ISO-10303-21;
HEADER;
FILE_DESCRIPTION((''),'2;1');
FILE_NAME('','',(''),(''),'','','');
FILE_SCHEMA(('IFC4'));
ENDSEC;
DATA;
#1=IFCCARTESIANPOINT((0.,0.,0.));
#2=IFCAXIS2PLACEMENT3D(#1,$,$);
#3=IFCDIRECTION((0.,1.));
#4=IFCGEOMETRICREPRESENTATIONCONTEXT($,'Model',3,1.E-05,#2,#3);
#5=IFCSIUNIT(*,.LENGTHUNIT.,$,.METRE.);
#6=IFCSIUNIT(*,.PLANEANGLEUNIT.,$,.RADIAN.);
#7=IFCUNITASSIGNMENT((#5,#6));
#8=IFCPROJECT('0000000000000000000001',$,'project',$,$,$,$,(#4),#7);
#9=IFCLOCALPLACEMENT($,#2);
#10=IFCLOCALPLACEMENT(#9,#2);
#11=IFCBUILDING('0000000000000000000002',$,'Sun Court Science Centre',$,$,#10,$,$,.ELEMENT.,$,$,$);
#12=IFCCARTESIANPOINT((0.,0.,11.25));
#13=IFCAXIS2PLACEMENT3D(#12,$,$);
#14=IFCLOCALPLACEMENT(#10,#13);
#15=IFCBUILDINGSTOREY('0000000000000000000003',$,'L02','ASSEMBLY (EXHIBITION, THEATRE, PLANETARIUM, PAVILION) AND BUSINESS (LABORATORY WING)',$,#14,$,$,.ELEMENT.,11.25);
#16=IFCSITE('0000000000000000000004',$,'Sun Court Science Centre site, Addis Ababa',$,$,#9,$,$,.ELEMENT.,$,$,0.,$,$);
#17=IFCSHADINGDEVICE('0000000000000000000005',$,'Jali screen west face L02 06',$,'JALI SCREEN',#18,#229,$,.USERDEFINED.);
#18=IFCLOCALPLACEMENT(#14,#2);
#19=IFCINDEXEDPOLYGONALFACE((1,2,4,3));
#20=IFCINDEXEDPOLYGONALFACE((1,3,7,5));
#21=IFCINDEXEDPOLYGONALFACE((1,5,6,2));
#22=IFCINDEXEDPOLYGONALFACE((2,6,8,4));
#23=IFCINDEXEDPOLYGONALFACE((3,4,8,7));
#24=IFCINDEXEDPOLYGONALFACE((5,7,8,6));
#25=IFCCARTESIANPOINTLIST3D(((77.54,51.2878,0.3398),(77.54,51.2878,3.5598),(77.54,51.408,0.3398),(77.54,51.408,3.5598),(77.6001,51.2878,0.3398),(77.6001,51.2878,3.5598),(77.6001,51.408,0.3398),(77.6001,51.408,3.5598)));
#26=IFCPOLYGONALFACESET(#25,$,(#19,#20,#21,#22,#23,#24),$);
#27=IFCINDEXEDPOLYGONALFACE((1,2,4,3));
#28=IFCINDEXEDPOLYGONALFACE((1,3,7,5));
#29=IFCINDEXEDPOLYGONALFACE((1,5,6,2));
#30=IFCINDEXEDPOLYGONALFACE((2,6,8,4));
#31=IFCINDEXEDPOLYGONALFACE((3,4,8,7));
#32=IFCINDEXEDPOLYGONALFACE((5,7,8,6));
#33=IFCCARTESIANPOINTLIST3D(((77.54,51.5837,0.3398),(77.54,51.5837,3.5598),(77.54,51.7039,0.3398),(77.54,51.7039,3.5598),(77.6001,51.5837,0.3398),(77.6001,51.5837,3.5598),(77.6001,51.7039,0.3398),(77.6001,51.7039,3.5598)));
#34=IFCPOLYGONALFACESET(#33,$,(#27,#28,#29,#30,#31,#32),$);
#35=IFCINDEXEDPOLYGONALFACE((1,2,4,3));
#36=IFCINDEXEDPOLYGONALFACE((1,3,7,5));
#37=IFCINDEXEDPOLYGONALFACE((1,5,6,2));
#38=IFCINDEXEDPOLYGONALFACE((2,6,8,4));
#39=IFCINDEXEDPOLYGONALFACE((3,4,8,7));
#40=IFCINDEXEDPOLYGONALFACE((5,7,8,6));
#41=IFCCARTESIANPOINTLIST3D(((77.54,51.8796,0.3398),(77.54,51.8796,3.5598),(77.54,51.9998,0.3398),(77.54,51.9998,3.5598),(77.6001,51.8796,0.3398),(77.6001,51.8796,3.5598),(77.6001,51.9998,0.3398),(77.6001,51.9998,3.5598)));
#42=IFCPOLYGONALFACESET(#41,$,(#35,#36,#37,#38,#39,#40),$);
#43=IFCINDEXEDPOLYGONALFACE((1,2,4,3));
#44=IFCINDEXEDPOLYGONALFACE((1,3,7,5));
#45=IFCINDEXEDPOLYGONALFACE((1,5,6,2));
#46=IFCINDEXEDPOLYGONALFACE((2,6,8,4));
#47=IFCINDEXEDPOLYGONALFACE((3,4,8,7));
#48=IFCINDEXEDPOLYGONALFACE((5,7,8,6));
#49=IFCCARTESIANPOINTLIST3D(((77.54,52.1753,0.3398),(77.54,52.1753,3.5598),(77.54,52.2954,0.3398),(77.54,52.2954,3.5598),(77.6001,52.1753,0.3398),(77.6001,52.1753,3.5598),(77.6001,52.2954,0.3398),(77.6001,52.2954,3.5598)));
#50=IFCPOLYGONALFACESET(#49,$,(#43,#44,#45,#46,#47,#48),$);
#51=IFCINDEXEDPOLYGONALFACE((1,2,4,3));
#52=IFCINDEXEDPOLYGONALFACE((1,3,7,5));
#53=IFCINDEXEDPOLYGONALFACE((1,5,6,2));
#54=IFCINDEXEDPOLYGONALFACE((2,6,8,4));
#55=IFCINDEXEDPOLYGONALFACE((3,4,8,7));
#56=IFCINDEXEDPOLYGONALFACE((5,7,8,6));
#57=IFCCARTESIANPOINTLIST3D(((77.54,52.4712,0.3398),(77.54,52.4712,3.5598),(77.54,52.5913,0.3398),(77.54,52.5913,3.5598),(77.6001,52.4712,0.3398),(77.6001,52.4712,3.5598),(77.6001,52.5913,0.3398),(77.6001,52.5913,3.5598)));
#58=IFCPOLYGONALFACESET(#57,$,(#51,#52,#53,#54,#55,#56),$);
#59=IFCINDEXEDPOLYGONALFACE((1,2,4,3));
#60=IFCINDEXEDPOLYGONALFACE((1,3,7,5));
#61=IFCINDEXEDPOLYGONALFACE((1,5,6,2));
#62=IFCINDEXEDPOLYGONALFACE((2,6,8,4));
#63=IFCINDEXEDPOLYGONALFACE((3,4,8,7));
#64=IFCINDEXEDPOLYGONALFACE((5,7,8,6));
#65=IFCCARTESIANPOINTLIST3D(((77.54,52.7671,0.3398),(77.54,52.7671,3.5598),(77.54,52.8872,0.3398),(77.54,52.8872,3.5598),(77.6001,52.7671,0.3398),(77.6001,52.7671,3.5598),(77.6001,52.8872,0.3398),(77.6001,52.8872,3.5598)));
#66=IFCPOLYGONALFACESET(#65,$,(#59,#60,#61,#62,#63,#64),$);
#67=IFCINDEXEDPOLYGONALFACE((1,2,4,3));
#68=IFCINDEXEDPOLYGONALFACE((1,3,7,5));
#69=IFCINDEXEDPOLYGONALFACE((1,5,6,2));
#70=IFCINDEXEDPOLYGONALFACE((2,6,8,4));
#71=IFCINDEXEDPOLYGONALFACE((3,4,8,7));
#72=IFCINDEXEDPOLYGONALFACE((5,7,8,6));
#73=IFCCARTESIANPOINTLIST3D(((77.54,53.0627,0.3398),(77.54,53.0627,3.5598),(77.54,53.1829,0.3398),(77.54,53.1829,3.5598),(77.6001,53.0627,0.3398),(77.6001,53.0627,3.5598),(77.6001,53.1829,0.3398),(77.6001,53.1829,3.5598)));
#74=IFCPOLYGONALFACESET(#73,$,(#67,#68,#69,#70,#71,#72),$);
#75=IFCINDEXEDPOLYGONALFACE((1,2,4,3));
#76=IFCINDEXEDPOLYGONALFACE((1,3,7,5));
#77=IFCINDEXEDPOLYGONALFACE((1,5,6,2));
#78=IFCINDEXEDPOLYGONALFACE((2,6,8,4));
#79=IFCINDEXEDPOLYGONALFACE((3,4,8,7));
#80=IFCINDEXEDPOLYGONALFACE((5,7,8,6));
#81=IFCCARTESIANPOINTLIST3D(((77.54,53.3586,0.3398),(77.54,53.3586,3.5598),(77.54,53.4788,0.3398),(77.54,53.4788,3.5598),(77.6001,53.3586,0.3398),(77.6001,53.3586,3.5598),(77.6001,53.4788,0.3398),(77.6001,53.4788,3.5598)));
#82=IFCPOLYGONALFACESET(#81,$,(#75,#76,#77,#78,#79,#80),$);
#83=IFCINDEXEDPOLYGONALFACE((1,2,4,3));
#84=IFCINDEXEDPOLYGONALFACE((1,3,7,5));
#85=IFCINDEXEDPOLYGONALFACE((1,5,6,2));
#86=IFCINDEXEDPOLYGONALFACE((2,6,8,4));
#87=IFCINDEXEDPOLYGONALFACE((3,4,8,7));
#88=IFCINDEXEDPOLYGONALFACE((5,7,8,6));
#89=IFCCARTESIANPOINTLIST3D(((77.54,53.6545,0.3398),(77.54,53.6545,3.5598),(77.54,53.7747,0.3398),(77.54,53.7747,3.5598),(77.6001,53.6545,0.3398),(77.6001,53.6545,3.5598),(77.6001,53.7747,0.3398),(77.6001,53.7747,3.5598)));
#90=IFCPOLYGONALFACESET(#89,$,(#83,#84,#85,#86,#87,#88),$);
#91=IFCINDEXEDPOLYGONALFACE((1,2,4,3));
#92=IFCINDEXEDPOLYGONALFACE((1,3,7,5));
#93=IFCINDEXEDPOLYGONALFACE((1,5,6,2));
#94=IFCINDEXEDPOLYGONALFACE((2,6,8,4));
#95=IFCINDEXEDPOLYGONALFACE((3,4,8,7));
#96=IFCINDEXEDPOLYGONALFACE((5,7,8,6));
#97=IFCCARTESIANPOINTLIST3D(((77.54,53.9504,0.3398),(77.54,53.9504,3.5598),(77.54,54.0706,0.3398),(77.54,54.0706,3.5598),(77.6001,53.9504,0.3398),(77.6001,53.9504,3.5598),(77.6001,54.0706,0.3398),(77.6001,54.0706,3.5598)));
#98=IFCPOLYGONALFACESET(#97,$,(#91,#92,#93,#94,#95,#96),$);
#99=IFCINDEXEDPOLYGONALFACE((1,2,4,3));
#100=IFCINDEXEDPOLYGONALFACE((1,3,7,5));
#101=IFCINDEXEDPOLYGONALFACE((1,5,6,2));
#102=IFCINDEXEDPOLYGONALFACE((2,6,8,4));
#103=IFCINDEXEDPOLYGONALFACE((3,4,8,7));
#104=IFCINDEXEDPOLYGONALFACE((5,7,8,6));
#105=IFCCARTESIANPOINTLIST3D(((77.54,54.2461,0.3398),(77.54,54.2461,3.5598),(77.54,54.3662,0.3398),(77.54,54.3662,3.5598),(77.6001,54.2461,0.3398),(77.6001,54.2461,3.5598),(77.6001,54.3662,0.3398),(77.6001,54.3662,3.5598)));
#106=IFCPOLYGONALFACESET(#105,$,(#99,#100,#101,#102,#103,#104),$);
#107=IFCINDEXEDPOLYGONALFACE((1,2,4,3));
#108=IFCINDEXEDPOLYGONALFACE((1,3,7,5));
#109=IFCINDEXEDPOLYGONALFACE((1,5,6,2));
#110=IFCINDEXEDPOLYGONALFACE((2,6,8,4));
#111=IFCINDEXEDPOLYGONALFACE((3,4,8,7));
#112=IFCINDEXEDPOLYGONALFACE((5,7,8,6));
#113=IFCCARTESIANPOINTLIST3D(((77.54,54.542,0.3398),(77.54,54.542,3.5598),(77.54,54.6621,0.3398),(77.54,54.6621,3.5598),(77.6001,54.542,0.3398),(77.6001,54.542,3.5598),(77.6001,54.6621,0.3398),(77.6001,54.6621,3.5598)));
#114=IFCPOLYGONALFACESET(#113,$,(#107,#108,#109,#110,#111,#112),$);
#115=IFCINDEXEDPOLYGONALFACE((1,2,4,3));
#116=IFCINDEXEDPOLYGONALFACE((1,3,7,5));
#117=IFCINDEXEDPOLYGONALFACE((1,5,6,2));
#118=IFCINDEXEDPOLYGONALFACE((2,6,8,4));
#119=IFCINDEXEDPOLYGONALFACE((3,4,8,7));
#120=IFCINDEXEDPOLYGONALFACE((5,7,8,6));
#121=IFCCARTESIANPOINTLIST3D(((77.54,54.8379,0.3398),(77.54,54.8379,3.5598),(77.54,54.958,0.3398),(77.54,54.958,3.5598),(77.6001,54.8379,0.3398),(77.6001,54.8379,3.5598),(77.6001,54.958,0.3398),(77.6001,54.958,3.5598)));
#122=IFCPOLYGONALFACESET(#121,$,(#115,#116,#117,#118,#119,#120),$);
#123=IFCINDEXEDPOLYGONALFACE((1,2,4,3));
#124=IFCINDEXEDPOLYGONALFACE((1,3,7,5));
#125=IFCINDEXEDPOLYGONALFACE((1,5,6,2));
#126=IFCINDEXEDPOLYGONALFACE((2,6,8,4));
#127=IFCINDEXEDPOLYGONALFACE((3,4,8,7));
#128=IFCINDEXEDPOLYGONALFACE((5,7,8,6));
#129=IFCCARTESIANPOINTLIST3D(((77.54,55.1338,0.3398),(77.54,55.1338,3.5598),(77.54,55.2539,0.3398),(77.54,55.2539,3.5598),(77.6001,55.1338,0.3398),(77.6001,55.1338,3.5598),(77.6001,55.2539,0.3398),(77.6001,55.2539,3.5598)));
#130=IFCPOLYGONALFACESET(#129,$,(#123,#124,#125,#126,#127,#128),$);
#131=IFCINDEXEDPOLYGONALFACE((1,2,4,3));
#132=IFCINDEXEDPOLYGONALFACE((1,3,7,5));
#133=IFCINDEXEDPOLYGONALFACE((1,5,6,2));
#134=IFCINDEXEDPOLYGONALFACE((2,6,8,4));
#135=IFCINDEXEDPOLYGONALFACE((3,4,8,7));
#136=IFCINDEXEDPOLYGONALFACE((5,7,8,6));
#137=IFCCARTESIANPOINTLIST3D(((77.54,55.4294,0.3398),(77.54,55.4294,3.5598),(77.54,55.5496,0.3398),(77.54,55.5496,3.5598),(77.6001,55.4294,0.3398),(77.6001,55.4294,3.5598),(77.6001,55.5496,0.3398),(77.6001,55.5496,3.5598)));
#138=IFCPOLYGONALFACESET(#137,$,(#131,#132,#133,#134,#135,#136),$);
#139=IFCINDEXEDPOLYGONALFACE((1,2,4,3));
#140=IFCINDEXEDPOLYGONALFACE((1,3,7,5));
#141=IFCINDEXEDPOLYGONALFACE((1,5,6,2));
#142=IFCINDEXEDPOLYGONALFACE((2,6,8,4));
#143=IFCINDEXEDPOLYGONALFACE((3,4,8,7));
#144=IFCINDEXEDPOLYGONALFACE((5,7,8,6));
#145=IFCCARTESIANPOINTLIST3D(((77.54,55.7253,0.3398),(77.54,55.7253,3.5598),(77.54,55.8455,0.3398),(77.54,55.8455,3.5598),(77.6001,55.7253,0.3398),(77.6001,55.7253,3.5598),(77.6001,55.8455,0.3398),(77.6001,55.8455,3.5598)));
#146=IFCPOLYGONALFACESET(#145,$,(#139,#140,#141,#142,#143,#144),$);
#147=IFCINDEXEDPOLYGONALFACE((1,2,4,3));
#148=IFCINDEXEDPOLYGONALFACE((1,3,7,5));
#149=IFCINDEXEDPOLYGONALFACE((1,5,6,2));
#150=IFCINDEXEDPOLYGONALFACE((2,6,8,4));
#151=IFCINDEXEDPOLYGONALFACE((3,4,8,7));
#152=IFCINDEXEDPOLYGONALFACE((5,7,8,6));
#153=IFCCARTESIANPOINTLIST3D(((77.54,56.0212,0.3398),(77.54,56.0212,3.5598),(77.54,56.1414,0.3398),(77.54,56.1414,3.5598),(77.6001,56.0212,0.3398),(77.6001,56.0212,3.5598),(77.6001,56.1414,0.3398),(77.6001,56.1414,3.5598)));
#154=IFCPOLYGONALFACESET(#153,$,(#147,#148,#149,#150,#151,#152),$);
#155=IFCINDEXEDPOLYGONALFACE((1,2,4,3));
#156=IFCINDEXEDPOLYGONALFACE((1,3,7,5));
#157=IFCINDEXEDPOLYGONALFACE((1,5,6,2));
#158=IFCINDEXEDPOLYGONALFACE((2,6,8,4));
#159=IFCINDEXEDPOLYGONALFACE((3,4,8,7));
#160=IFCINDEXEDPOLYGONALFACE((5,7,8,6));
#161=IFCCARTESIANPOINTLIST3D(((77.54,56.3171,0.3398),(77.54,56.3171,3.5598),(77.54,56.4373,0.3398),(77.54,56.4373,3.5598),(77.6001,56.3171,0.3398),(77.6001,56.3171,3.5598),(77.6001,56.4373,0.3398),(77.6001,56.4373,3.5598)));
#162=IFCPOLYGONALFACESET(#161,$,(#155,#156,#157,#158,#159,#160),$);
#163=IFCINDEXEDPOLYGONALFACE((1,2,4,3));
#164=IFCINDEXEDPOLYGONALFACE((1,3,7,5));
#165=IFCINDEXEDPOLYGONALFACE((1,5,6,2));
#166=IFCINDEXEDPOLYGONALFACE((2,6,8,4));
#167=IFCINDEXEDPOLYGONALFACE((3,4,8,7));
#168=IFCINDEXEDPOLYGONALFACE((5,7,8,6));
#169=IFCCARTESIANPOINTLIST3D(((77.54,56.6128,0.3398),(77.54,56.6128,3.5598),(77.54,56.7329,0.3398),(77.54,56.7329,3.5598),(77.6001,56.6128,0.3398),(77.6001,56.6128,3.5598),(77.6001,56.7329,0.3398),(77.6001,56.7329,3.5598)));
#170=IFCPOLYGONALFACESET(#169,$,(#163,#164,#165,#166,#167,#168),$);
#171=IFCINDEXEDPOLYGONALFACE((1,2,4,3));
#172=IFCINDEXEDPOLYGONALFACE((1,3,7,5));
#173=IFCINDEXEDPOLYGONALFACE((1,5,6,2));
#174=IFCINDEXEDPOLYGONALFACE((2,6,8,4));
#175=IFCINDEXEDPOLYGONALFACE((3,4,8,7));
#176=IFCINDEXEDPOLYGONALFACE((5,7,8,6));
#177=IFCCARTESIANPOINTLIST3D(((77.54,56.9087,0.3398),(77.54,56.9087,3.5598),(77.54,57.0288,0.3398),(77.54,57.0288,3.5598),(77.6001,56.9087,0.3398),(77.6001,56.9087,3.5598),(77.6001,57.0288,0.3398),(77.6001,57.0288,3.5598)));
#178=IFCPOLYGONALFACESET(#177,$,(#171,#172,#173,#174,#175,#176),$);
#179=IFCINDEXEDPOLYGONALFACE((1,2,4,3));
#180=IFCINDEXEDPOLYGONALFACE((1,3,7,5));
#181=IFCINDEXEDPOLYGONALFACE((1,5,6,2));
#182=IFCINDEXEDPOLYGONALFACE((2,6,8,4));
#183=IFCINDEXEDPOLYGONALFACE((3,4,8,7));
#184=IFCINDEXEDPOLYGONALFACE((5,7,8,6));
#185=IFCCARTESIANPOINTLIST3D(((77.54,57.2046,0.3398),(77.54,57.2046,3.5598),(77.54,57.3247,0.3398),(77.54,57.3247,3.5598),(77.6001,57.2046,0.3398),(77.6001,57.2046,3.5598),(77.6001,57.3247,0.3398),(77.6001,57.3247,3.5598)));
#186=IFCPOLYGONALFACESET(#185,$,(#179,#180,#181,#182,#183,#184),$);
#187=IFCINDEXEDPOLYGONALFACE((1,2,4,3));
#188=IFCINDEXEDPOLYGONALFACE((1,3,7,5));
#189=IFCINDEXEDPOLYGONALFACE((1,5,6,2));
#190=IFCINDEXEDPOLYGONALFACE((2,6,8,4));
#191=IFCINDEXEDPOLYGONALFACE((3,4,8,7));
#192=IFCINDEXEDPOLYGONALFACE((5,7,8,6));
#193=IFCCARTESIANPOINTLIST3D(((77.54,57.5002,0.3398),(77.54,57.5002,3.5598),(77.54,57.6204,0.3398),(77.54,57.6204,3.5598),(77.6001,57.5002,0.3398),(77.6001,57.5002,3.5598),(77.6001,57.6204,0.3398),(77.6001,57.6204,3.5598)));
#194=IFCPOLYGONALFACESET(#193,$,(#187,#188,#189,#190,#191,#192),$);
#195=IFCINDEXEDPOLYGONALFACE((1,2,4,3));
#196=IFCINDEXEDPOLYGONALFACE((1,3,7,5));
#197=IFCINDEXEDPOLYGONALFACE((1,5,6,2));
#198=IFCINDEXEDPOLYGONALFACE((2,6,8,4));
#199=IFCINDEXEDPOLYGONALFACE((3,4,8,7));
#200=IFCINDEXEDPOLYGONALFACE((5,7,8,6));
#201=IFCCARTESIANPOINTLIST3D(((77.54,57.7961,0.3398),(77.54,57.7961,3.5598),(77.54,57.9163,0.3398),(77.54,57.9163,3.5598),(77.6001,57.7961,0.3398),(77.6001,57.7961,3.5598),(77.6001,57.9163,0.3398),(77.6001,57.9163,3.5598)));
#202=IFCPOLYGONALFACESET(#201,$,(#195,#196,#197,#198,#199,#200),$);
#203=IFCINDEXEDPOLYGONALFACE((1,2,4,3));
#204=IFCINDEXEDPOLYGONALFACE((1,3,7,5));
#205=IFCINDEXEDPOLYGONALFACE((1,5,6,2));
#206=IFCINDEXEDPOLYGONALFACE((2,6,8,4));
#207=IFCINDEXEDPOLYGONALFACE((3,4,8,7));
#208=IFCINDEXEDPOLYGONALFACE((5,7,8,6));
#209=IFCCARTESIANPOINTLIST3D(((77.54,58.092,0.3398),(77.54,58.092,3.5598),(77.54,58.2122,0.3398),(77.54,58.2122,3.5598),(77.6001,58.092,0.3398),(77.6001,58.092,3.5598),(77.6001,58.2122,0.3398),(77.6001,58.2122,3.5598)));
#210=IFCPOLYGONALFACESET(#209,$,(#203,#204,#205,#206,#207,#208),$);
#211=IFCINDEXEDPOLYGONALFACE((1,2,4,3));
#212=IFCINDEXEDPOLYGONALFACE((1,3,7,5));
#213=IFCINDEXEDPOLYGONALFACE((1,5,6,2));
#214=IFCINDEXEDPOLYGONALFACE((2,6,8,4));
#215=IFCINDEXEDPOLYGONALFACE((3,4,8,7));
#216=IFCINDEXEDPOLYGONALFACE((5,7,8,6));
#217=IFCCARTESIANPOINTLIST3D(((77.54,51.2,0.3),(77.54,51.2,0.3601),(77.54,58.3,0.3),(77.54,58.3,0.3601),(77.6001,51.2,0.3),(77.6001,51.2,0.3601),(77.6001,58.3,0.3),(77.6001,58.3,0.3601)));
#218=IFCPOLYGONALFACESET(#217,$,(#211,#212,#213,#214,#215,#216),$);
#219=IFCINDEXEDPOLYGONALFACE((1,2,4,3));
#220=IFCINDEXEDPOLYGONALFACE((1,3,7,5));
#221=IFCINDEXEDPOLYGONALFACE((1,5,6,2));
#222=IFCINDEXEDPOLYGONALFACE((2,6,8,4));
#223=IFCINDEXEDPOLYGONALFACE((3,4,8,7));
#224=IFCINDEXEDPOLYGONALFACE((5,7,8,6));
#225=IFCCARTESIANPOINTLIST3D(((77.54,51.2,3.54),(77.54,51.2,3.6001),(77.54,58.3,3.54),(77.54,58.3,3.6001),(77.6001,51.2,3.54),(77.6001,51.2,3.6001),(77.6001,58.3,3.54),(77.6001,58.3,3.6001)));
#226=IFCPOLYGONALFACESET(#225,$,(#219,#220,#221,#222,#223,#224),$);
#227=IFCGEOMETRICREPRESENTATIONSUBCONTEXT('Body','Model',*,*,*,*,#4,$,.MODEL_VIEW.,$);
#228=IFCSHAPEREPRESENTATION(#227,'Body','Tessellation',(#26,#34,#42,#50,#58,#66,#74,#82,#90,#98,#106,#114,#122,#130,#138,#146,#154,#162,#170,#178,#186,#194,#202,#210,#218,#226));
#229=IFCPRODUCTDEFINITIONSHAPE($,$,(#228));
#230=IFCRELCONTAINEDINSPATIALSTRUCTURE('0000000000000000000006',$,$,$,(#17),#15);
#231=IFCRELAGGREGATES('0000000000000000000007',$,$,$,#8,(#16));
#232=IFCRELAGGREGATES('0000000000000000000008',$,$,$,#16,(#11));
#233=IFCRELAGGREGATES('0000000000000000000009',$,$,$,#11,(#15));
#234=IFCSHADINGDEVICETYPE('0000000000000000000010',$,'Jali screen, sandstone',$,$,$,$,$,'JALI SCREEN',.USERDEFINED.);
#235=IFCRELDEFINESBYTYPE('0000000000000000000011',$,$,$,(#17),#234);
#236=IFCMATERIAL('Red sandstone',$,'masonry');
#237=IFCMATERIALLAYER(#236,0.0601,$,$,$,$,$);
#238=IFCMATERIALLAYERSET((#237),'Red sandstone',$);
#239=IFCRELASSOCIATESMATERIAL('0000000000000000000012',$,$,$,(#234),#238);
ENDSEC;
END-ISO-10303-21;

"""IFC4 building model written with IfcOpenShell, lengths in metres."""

from ifc_helpers import new_model, si_unit, direction, frame, origin, origin_2d, place, context, subcontext, project, spatial, rectangle, extrude, material, layer, layer_set, type_object, element, save


model = new_model("IFC4")

# Units and contexts
model_context = context("Model", 3, precision=1e-05, world=origin(), true_north=direction((0.0, 1.0)))
body_context = subcontext(model_context, "Body", "Model", "MODEL_VIEW")
ifc_project = project(units=[si_unit("LENGTHUNIT", "METRE"), si_unit("PLANEANGLEUNIT", "RADIAN")], contexts=[model_context])

# Site, building, storey
site_placement = place(None, origin())
site = spatial("IfcSite", under=ifc_project, at=site_placement, Name="Sun Court Science Centre site, Addis Ababa", CompositionType="ELEMENT", RefElevation=0.0)
building_placement = place(site_placement, origin())
building = spatial("IfcBuilding", under=site, at=building_placement, Name="Sun Court Science Centre", CompositionType="ELEMENT")
storey_placement = place(building_placement, frame((0.0, 0.0, 11.25)))
storey = spatial("IfcBuildingStorey", under=building, at=storey_placement, Name="L02", Description="ASSEMBLY (EXHIBITION, THEATRE, PLANETARIUM, PAVILION) AND BUSINESS (LABORATORY WING)", CompositionType="ELEMENT", Elevation=11.25)

# Shading device
ifc_material_1 = material(Name="Red sandstone", Category="masonry")
ifc_layer_1 = layer(ifc_material_1, 0.0601)
ifc_layer_set_1 = layer_set([ifc_layer_1], Name="Red sandstone")
shading_device_type = type_object("IfcShadingDeviceType", Name="Jali screen, sandstone", ElementType="JALI SCREEN", PredefinedType="USERDEFINED", material=ifc_layer_set_1)
shading_device_1_placement = place(storey_placement, frame((0.0, 0.0, -11.25)))
element("IfcShadingDevice", 1, at=shading_device_1_placement, inside=storey, type_object=shading_device_type, Name="Jali screen west face L02 06", ObjectType="JALI SCREEN", PredefinedType="USERDEFINED", context=body_context, shape_type="SweptSolid", body=[
    extrude(rectangle(XDim=0.1201, YDim=0.0601, at=origin_2d()), frame((77.5701, 51.3479, 11.5898), z_axis=(0.0, 0.0, 1.0), x_axis=(0.0, 1.0, 0.0)), (0.0, 0.0, 1.0), 3.22),
    extrude(rectangle(XDim=0.1201, YDim=0.0601, at=origin_2d()), frame((77.5701, 51.6438, 11.5898), z_axis=(0.0, 0.0, 1.0), x_axis=(0.0, 1.0, 0.0)), (0.0, 0.0, 1.0), 3.22),
    extrude(rectangle(XDim=0.1201, YDim=0.0601, at=origin_2d()), frame((77.5701, 51.9397, 11.5898), z_axis=(0.0, 0.0, 1.0), x_axis=(0.0, 1.0, 0.0)), (0.0, 0.0, 1.0), 3.22),
    extrude(rectangle(XDim=0.1201, YDim=0.0601, at=origin_2d()), frame((77.5701, 52.2354, 11.5898), z_axis=(0.0, 0.0, 1.0), x_axis=(0.0, 1.0, 0.0)), (0.0, 0.0, 1.0), 3.22),
    extrude(rectangle(XDim=0.1201, YDim=0.0601, at=origin_2d()), frame((77.5701, 52.5312, 11.5898), z_axis=(0.0, 0.0, 1.0), x_axis=(0.0, 1.0, 0.0)), (0.0, 0.0, 1.0), 3.22),
    extrude(rectangle(XDim=0.1201, YDim=0.0601, at=origin_2d()), frame((77.5701, 52.8271, 11.5898), z_axis=(0.0, 0.0, 1.0), x_axis=(0.0, 1.0, 0.0)), (0.0, 0.0, 1.0), 3.22),
    extrude(rectangle(XDim=0.1201, YDim=0.0601, at=origin_2d()), frame((77.5701, 53.1228, 11.5898), z_axis=(0.0, 0.0, 1.0), x_axis=(0.0, 1.0, 0.0)), (0.0, 0.0, 1.0), 3.22),
    extrude(rectangle(XDim=0.1201, YDim=0.0601, at=origin_2d()), frame((77.5701, 53.4187, 11.5898), z_axis=(0.0, 0.0, 1.0), x_axis=(0.0, 1.0, 0.0)), (0.0, 0.0, 1.0), 3.22),
    extrude(rectangle(XDim=0.1201, YDim=0.0601, at=origin_2d()), frame((77.5701, 53.7146, 11.5898), z_axis=(0.0, 0.0, 1.0), x_axis=(0.0, 1.0, 0.0)), (0.0, 0.0, 1.0), 3.22),
    extrude(rectangle(XDim=0.1201, YDim=0.0601, at=origin_2d()), frame((77.5701, 54.0105, 11.5898), z_axis=(0.0, 0.0, 1.0), x_axis=(0.0, 1.0, 0.0)), (0.0, 0.0, 1.0), 3.22),
    extrude(rectangle(XDim=0.1201, YDim=0.0601, at=origin_2d()), frame((77.5701, 54.3062, 11.5898), z_axis=(0.0, 0.0, 1.0), x_axis=(0.0, 1.0, 0.0)), (0.0, 0.0, 1.0), 3.22),
    extrude(rectangle(XDim=0.1201, YDim=0.0601, at=origin_2d()), frame((77.5701, 54.6021, 11.5898), z_axis=(0.0, 0.0, 1.0), x_axis=(0.0, 1.0, 0.0)), (0.0, 0.0, 1.0), 3.22),
    extrude(rectangle(XDim=0.1201, YDim=0.0601, at=origin_2d()), frame((77.5701, 54.8979, 11.5898), z_axis=(0.0, 0.0, 1.0), x_axis=(0.0, 1.0, 0.0)), (0.0, 0.0, 1.0), 3.22),
    extrude(rectangle(XDim=0.1201, YDim=0.0601, at=origin_2d()), frame((77.5701, 55.1938, 11.5898), z_axis=(0.0, 0.0, 1.0), x_axis=(0.0, 1.0, 0.0)), (0.0, 0.0, 1.0), 3.22),
    extrude(rectangle(XDim=0.1201, YDim=0.0601, at=origin_2d()), frame((77.5701, 55.4895, 11.5898), z_axis=(0.0, 0.0, 1.0), x_axis=(0.0, 1.0, 0.0)), (0.0, 0.0, 1.0), 3.22),
    extrude(rectangle(XDim=0.1201, YDim=0.0601, at=origin_2d()), frame((77.5701, 55.7854, 11.5898), z_axis=(0.0, 0.0, 1.0), x_axis=(0.0, 1.0, 0.0)), (0.0, 0.0, 1.0), 3.22),
    extrude(rectangle(XDim=0.1201, YDim=0.0601, at=origin_2d()), frame((77.5701, 56.0813, 11.5898), z_axis=(0.0, 0.0, 1.0), x_axis=(0.0, 1.0, 0.0)), (0.0, 0.0, 1.0), 3.22),
    extrude(rectangle(XDim=0.1201, YDim=0.0601, at=origin_2d()), frame((77.5701, 56.3772, 11.5898), z_axis=(0.0, 0.0, 1.0), x_axis=(0.0, 1.0, 0.0)), (0.0, 0.0, 1.0), 3.22),
    extrude(rectangle(XDim=0.1201, YDim=0.0601, at=origin_2d()), frame((77.5701, 56.6729, 11.5898), z_axis=(0.0, 0.0, 1.0), x_axis=(0.0, 1.0, 0.0)), (0.0, 0.0, 1.0), 3.22),
    extrude(rectangle(XDim=0.1201, YDim=0.0601, at=origin_2d()), frame((77.5701, 56.9688, 11.5898), z_axis=(0.0, 0.0, 1.0), x_axis=(0.0, 1.0, 0.0)), (0.0, 0.0, 1.0), 3.22),
    extrude(rectangle(XDim=0.1201, YDim=0.0601, at=origin_2d()), frame((77.5701, 57.2646, 11.5898), z_axis=(0.0, 0.0, 1.0), x_axis=(0.0, 1.0, 0.0)), (0.0, 0.0, 1.0), 3.22),
    extrude(rectangle(XDim=0.1201, YDim=0.0601, at=origin_2d()), frame((77.5701, 57.5603, 11.5898), z_axis=(0.0, 0.0, 1.0), x_axis=(0.0, 1.0, 0.0)), (0.0, 0.0, 1.0), 3.22),
    extrude(rectangle(XDim=0.1201, YDim=0.0601, at=origin_2d()), frame((77.5701, 57.8562, 11.5898), z_axis=(0.0, 0.0, 1.0), x_axis=(0.0, 1.0, 0.0)), (0.0, 0.0, 1.0), 3.22),
    extrude(rectangle(XDim=0.1201, YDim=0.0601, at=origin_2d()), frame((77.5701, 58.1521, 11.5898), z_axis=(0.0, 0.0, 1.0), x_axis=(0.0, 1.0, 0.0)), (0.0, 0.0, 1.0), 3.22),
    extrude(rectangle(XDim=7.1001, YDim=0.0601, at=origin_2d()), frame((77.5701, 54.75, 11.55), z_axis=(0.0, 0.0, 1.0), x_axis=(0.0, 1.0, 0.0)), (0.0, 0.0, 1.0), 0.0601),
    extrude(rectangle(XDim=7.1001, YDim=0.0601, at=origin_2d()), frame((77.5701, 54.75, 14.79), z_axis=(0.0, 0.0, 1.0), x_axis=(0.0, 1.0, 0.0)), (0.0, 0.0, 1.0), 0.0601),
])

save(model, "model.ifc")
